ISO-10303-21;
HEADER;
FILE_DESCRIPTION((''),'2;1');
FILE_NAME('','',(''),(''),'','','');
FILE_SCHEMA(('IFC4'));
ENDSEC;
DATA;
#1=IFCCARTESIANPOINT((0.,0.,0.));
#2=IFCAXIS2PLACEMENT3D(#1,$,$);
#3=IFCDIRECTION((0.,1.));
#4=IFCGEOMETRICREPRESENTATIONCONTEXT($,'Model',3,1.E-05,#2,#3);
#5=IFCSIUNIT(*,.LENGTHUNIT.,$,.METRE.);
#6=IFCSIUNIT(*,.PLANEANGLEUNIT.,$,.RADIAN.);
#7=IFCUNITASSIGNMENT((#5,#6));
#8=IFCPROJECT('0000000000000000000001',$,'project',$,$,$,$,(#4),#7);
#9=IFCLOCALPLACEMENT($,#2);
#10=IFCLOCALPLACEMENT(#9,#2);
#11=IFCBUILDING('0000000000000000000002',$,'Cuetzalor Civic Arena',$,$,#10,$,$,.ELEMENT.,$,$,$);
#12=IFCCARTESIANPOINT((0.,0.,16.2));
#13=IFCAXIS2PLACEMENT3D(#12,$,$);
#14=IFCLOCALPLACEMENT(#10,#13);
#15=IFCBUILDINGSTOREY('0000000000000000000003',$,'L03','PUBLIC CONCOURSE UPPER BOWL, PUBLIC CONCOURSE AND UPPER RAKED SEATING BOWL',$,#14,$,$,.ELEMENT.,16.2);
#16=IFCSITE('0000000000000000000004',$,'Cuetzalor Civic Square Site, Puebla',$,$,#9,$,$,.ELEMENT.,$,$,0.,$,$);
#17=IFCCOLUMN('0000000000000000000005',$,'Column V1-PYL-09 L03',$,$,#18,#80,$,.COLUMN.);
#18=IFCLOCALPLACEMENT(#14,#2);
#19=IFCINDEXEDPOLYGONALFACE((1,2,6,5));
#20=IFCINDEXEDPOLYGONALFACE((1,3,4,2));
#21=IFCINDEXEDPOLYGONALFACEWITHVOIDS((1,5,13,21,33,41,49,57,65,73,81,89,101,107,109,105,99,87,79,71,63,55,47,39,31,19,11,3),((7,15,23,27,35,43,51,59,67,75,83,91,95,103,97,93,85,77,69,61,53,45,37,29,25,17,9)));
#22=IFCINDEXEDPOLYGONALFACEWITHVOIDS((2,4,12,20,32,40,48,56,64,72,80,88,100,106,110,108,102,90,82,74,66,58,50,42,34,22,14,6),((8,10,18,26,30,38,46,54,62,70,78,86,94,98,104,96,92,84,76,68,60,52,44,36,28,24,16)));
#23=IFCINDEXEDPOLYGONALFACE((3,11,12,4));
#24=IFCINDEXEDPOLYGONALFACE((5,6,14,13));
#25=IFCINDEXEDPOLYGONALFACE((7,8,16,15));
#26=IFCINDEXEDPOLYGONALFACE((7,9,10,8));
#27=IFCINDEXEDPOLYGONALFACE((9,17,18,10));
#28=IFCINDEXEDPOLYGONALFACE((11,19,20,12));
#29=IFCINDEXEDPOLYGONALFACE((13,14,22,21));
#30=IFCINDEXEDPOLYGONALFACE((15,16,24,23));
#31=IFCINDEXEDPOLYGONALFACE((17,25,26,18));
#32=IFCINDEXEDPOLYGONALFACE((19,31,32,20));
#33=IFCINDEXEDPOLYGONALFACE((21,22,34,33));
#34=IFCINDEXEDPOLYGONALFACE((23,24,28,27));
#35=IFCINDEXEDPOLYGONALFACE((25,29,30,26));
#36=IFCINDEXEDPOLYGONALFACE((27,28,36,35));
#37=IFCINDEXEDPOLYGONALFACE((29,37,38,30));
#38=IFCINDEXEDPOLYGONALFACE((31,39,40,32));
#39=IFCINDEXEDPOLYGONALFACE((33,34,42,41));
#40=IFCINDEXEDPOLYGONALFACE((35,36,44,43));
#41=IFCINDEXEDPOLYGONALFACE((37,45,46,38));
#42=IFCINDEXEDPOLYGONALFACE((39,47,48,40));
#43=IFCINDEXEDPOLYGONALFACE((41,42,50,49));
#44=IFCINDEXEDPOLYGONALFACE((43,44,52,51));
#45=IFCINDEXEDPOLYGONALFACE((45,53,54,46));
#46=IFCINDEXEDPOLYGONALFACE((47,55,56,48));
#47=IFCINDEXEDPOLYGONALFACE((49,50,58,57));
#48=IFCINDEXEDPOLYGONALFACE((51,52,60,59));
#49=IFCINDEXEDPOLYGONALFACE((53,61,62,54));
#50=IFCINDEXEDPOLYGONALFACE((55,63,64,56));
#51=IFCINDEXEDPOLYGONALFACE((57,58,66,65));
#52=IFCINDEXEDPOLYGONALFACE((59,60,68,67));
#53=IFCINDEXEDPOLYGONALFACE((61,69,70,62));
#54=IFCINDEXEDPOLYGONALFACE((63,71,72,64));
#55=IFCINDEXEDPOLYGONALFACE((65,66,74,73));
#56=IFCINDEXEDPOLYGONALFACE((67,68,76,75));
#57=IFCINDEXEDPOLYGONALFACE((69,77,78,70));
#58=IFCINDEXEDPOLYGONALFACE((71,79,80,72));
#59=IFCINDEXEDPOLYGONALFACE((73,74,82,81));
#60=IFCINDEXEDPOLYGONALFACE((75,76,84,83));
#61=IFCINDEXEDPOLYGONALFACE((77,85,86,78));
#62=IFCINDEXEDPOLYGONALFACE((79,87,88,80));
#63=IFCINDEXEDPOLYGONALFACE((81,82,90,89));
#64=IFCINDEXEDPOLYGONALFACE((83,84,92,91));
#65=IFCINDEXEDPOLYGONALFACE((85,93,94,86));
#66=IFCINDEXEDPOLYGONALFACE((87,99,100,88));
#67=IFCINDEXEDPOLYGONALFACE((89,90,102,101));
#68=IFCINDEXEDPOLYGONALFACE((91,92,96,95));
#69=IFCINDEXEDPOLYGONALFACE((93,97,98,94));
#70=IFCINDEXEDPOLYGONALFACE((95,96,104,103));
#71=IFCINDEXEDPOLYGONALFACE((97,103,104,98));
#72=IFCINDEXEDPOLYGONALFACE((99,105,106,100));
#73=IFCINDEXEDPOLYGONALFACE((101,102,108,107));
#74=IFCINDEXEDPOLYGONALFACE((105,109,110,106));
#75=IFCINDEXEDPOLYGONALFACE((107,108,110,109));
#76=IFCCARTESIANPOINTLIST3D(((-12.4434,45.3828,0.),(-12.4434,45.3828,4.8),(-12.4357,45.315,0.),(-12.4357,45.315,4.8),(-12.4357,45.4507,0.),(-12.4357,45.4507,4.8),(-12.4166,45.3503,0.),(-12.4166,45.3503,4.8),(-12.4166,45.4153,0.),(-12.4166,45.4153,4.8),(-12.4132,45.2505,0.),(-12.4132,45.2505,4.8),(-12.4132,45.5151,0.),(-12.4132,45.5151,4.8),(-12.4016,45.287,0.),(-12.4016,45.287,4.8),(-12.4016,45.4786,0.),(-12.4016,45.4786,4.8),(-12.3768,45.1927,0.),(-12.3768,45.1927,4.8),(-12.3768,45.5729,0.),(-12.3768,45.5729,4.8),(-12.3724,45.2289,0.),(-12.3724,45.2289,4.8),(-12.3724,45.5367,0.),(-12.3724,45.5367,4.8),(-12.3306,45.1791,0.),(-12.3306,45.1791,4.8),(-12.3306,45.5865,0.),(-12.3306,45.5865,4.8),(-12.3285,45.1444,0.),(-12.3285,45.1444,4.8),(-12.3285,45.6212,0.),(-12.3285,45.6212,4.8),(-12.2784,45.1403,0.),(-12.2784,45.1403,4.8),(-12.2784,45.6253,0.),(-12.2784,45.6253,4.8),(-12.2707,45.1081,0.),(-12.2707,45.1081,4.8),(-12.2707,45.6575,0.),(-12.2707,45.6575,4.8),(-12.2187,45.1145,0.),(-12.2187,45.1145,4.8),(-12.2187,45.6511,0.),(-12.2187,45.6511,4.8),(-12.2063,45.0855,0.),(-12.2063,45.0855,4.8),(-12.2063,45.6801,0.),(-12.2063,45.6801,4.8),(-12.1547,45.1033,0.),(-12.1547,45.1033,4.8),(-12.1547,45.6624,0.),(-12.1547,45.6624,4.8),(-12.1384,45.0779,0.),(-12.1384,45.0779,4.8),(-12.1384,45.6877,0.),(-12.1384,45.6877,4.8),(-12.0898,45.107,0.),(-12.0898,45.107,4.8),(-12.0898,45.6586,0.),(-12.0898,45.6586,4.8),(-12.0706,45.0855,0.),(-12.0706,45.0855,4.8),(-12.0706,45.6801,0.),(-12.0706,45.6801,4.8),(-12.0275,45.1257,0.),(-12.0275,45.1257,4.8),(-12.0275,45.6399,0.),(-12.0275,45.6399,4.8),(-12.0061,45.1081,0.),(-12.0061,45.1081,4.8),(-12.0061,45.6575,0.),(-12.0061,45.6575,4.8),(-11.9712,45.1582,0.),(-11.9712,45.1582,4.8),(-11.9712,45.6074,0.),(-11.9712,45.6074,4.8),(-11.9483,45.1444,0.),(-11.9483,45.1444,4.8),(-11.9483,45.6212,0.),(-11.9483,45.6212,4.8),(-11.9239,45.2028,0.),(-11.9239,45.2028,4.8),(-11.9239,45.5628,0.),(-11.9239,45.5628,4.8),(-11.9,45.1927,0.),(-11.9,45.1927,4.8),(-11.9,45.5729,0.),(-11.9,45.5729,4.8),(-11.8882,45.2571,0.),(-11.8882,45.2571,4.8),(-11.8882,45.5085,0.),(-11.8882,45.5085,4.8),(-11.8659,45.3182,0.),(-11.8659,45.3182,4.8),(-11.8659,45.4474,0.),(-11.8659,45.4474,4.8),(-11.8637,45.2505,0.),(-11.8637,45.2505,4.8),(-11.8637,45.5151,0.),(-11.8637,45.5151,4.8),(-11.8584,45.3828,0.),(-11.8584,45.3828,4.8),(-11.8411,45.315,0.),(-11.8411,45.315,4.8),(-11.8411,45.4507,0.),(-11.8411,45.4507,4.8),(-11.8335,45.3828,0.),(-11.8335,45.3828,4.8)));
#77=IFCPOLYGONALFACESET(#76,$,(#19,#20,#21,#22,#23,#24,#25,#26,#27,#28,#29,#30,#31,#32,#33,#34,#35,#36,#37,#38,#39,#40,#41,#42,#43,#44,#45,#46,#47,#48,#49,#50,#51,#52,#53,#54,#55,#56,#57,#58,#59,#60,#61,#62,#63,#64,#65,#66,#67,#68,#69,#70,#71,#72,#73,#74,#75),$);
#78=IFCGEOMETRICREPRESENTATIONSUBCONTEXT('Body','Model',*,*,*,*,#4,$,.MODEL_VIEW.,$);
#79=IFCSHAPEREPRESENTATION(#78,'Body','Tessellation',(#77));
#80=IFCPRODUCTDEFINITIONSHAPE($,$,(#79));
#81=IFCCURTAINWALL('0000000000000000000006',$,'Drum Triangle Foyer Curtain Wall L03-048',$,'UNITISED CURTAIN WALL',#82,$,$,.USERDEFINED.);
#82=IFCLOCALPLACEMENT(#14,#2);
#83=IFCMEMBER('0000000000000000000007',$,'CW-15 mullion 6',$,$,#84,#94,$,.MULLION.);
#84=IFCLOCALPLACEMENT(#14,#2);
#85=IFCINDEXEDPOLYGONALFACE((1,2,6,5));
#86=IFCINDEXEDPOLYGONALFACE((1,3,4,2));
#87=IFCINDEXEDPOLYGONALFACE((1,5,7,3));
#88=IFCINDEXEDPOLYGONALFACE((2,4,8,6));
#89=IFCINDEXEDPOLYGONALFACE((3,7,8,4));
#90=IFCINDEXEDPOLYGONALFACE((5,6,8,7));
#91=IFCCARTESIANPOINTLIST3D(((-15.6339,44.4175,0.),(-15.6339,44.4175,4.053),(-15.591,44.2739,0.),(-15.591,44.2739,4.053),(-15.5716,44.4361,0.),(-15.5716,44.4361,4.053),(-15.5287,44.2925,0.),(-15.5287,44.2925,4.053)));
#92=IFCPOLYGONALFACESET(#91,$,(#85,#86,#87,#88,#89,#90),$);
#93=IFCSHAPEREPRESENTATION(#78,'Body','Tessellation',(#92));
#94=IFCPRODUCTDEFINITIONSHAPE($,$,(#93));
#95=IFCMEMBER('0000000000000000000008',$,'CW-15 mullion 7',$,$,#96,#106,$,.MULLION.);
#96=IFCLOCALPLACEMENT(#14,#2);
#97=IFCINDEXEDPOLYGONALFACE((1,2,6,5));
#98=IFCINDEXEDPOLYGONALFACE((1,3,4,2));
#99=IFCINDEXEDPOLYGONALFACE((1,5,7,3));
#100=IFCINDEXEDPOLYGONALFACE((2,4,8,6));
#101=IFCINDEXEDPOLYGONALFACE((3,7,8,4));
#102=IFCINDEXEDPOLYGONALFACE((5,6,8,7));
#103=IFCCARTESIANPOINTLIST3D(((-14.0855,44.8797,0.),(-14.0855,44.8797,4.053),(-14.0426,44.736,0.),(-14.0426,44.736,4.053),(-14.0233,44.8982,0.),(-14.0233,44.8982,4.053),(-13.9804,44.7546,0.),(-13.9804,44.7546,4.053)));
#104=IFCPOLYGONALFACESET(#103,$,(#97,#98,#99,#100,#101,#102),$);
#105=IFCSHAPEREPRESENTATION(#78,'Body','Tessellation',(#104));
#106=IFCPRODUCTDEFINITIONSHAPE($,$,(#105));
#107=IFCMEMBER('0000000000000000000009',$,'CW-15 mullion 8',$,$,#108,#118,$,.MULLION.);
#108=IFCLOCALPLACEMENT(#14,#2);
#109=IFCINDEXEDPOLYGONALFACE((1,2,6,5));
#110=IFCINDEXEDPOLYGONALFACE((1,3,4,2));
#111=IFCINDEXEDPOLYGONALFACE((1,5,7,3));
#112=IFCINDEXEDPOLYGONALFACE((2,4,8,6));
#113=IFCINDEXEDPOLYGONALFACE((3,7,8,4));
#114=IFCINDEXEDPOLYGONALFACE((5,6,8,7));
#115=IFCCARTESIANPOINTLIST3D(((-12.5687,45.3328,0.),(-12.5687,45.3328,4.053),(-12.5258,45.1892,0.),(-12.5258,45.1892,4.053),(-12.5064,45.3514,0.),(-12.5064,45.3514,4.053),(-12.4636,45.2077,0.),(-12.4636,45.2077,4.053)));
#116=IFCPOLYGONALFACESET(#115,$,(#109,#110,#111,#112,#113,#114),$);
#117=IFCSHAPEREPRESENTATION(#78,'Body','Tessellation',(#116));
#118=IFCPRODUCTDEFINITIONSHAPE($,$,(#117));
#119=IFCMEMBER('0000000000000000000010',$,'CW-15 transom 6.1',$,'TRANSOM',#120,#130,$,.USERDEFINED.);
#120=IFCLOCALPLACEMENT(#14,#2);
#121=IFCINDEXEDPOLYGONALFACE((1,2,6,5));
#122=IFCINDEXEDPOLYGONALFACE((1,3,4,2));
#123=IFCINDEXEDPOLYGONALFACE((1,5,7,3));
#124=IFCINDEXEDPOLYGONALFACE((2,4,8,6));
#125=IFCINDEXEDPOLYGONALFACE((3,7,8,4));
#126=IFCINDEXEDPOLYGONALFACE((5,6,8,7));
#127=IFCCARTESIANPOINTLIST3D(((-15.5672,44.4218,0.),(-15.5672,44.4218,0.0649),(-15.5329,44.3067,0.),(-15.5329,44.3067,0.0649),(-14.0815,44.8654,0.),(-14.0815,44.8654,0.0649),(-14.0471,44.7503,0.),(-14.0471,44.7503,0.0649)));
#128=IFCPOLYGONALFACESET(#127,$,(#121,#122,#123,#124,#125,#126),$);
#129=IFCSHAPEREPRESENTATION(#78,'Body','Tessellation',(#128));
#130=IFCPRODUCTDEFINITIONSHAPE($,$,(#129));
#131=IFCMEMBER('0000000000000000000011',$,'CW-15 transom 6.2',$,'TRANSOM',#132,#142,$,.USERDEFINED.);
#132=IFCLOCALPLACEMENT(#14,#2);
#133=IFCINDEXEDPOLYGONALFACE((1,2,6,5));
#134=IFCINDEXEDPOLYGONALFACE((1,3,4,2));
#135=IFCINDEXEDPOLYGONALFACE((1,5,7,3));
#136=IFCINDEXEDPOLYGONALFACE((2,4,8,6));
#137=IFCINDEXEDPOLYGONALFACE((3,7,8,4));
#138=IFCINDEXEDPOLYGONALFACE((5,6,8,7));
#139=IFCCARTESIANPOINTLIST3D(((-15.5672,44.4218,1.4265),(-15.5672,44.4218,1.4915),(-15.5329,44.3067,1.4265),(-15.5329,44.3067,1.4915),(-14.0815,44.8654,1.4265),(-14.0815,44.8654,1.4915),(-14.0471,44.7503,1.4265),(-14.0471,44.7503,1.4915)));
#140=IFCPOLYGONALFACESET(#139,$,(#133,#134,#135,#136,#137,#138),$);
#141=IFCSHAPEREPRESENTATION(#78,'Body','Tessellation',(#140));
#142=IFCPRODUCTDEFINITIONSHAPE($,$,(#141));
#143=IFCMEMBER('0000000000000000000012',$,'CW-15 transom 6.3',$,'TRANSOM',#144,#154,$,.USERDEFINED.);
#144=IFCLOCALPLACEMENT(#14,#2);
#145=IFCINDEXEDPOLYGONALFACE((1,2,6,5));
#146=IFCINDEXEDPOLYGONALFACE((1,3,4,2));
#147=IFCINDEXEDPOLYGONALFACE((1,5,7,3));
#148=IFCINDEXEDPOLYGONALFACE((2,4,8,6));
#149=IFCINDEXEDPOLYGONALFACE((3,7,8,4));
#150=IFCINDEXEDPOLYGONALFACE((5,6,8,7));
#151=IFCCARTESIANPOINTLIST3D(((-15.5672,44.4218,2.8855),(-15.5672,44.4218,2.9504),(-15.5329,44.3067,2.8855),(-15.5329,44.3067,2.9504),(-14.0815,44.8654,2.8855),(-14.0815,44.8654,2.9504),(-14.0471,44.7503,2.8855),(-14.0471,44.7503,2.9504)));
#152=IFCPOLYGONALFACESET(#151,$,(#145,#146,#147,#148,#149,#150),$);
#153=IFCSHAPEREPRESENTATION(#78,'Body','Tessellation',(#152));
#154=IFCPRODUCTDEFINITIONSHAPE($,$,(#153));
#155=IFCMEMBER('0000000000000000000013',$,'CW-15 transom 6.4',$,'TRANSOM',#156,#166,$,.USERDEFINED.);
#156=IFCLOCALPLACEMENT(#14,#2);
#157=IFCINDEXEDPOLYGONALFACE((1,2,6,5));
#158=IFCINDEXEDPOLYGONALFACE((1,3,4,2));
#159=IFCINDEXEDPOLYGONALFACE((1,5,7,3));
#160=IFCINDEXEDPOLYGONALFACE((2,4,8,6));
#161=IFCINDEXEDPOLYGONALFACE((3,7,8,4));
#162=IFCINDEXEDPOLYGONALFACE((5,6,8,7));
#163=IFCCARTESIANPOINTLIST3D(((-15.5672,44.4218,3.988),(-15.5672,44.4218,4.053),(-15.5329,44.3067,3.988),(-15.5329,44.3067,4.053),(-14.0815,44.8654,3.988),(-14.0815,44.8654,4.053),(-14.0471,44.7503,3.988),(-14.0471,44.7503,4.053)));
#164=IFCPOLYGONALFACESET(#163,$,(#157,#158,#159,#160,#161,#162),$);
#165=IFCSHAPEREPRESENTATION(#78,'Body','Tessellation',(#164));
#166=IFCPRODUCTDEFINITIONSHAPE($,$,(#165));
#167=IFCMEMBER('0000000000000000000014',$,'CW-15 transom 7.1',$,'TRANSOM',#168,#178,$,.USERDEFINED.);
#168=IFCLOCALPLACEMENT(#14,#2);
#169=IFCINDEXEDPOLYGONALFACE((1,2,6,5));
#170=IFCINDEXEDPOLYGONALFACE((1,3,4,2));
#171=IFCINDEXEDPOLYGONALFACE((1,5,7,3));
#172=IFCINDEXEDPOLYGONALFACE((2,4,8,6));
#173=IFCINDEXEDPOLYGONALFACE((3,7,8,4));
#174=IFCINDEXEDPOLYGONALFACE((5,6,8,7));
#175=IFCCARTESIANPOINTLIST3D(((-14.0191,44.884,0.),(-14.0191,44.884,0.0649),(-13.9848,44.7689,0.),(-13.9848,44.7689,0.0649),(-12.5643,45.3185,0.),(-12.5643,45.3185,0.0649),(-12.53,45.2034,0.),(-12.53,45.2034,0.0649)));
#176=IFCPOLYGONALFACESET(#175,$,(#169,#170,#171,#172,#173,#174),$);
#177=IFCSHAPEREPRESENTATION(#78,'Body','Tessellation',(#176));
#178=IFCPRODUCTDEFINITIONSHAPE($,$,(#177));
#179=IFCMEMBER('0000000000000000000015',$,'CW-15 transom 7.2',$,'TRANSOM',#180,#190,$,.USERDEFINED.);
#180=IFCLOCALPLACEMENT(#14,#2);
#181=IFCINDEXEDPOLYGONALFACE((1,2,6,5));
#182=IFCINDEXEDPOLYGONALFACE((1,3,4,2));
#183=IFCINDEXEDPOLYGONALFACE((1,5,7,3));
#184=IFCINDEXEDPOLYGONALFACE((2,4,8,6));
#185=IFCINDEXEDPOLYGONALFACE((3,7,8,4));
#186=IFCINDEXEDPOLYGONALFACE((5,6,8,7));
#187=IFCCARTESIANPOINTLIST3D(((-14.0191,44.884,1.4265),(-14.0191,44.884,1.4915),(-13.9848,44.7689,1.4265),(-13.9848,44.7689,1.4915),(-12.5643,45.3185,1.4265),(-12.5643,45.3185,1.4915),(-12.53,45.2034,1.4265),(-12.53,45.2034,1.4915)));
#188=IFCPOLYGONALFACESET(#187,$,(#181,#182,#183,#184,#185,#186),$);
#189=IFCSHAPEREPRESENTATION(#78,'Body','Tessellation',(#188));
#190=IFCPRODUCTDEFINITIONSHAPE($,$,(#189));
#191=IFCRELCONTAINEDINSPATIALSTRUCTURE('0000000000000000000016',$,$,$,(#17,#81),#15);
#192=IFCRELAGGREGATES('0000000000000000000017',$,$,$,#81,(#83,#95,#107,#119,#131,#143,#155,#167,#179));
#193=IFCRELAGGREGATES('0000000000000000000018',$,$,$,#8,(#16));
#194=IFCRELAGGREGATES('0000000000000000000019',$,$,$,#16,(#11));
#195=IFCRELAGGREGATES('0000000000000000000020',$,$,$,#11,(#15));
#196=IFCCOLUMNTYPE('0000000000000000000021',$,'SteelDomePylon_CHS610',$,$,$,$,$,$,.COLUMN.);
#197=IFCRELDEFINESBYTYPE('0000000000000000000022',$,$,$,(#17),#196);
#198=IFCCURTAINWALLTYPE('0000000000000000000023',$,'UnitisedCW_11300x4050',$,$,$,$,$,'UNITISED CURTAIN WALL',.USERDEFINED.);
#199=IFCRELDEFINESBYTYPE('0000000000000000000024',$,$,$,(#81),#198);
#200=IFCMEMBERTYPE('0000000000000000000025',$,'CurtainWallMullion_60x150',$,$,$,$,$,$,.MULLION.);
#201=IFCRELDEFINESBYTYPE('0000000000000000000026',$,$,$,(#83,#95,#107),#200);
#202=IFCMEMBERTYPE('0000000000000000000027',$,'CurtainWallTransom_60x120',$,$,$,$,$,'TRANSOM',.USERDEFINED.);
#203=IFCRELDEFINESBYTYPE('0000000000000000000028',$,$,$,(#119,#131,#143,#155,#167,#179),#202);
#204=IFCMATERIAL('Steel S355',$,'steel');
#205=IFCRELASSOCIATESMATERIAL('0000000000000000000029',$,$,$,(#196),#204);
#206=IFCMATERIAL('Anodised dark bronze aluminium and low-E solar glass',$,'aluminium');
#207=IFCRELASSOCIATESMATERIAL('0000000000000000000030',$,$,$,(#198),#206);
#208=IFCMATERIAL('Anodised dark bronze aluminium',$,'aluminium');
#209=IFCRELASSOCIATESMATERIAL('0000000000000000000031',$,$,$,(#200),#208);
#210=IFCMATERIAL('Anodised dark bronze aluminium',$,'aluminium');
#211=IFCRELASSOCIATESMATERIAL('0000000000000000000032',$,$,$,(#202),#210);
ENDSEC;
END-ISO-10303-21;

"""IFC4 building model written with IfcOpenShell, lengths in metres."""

from ifc_helpers import new_model, si_unit, direction, frame, origin, origin_2d, place, context, subcontext, project, spatial, rectangle, hollow_circle, extrude, material, material_profile, profile_set, type_object, element, aggregate, save


model = new_model("IFC4")

# Units and contexts
model_context = context("Model", 3, precision=1e-05, world=origin(), true_north=direction((0.0, 1.0)))
body_context = subcontext(model_context, "Body", "Model", "MODEL_VIEW")
ifc_project = project(units=[si_unit("LENGTHUNIT", "METRE"), si_unit("PLANEANGLEUNIT", "RADIAN")], contexts=[model_context])

# Site, building, storey
site_placement = place(None, origin())
site = spatial("IfcSite", under=ifc_project, at=site_placement, Name="Cuetzalor Civic Square Site, Puebla", CompositionType="ELEMENT", RefElevation=0.0)
building_placement = place(site_placement, origin())
building = spatial("IfcBuilding", under=site, at=building_placement, Name="Cuetzalor Civic Arena", CompositionType="ELEMENT")
storey_placement = place(building_placement, frame((0.0, 0.0, 16.2)))
storey = spatial("IfcBuildingStorey", under=building, at=storey_placement, Name="L03", Description="PUBLIC CONCOURSE UPPER BOWL, PUBLIC CONCOURSE AND UPPER RAKED SEATING BOWL", CompositionType="ELEMENT", Elevation=16.2)

# Column
ifc_material_1 = material(Name="Steel S355", Category="steel")
ifc_material_profile_1 = material_profile(ifc_material_1, hollow_circle(Radius=0.3049, WallThickness=0.0249, at=origin_2d()), Name="CHS 610x25")
ifc_profile_set_1 = profile_set([ifc_material_profile_1], Name="Steel S355")
column_type = type_object("IfcColumnType", Name="SteelDomePylon_CHS610", PredefinedType="COLUMN", material=ifc_profile_set_1)
column_placement = place(storey_placement, frame((-12.1384, 45.3828, 0.0), z_axis=(0.0, 0.0, 1.0), x_axis=(1.0, 0.0, 0.0)))
element("IfcColumn", 1, at=column_placement, inside=storey, type_object=column_type, Name="Column V1-PYL-09 L03", PredefinedType="COLUMN", context=body_context, shape_type="SweptSolid", body=[
    extrude(hollow_circle(Radius=0.3049, WallThickness=0.0249, at=origin_2d()), origin(), (0.0, 0.0, 1.0), 4.8),
])

# Curtain wall, members
ifc_material_2 = material(Name="Anodised dark bronze aluminium and low-E solar glass", Category="aluminium")
curtain_wall_type = type_object("IfcCurtainWallType", Name="UnitisedCW_11300x4050", ElementType="UNITISED CURTAIN WALL", PredefinedType="USERDEFINED", material=ifc_material_2)
curtain_wall_placement = place(storey_placement, origin())
curtain_wall = element("IfcCurtainWall", 2, at=curtain_wall_placement, inside=storey, type_object=curtain_wall_type, Name="Drum Triangle Foyer Curtain Wall L03-048", ObjectType="UNITISED CURTAIN WALL", PredefinedType="USERDEFINED")
ifc_material_3 = material(Name="Anodised dark bronze aluminium", Category="aluminium")
ifc_material_profile_2 = material_profile(ifc_material_3, rectangle(XDim=0.0649, YDim=0.1499, at=origin_2d()), Name="ALU MULLION 65x150")
ifc_profile_set_2 = profile_set([ifc_material_profile_2], Name="Anodised dark bronze aluminium")
member_type_1 = type_object("IfcMemberType", Name="CurtainWallMullion_60x150", PredefinedType="MULLION", material=ifc_profile_set_2)
member_1_placement = place(storey_placement, frame((-15.5813, 44.355, 0.0), z_axis=(0.0, 0.0, 1.0), x_axis=(0.958194, 0.28612, 0.0)))
member_1 = element("IfcMember", 3, at=member_1_placement, type_object=member_type_1, Name="CW-15 mullion 6", PredefinedType="MULLION", context=body_context, shape_type="SweptSolid", body=[
    extrude(rectangle(XDim=0.0649, YDim=0.1499, at=origin_2d()), origin(), (0.0, 0.0, 1.0), 4.053),
])
member_2_placement = place(storey_placement, frame((-14.033, 44.8171, 0.0), z_axis=(0.0, 0.0, 1.0), x_axis=(0.958194, 0.28612, 0.0)))
member_2 = element("IfcMember", 4, at=member_2_placement, type_object=member_type_1, Name="CW-15 mullion 7", PredefinedType="MULLION", context=body_context, shape_type="SweptSolid", body=[
    extrude(rectangle(XDim=0.0649, YDim=0.1499, at=origin_2d()), origin(), (0.0, 0.0, 1.0), 4.053),
])
member_3_placement = place(storey_placement, frame((-12.5161, 45.2703, 0.0), z_axis=(0.0, 0.0, 1.0), x_axis=(0.958194, 0.28612, 0.0)))
member_3 = element("IfcMember", 5, at=member_3_placement, type_object=member_type_1, Name="CW-15 mullion 8", PredefinedType="MULLION", context=body_context, shape_type="SweptSolid", body=[
    extrude(rectangle(XDim=0.0649, YDim=0.1499, at=origin_2d()), origin(), (0.0, 0.0, 1.0), 4.053),
])
ifc_material_4 = material(Name="Anodised dark bronze aluminium", Category="aluminium")
ifc_material_profile_3 = material_profile(ifc_material_4, rectangle(XDim=0.1201, YDim=0.0649, at=origin_2d()), Name="ALU TRANSOM 65x120")
ifc_profile_set_3 = profile_set([ifc_material_profile_3], Name="Anodised dark bronze aluminium")
member_type_2 = type_object("IfcMemberType", Name="CurtainWallTransom_60x120", ElementType="TRANSOM", PredefinedType="USERDEFINED", material=ifc_profile_set_3)
member_4_placement = place(storey_placement, frame((-15.55, 44.3643, 0.0325), z_axis=(0.958207, 0.286077, 0.0), x_axis=(-0.286077, 0.958207, 0.0)))
member_4 = element("IfcMember", 6, at=member_4_placement, type_object=member_type_2, Name="CW-15 transom 6.1", ObjectType="TRANSOM", PredefinedType="USERDEFINED", context=body_context, shape_type="SweptSolid", body=[
    extrude(rectangle(XDim=0.1201, YDim=0.0649, at=origin_2d()), origin(), (0.0, 0.0, 1.0), 1.5505),
])
member_5_placement = place(storey_placement, frame((-15.55, 44.3643, 1.459), z_axis=(0.958207, 0.286077, 0.0), x_axis=(-0.286077, 0.958207, 0.0)))
member_5 = element("IfcMember", 7, at=member_5_placement, type_object=member_type_2, Name="CW-15 transom 6.2", ObjectType="TRANSOM", PredefinedType="USERDEFINED", context=body_context, shape_type="SweptSolid", body=[
    extrude(rectangle(XDim=0.1201, YDim=0.0649, at=origin_2d()), origin(), (0.0, 0.0, 1.0), 1.5505),
])
member_6_placement = place(storey_placement, frame((-15.55, 44.3643, 2.918), z_axis=(0.958207, 0.286077, 0.0), x_axis=(-0.286077, 0.958207, 0.0)))
member_6 = element("IfcMember", 8, at=member_6_placement, type_object=member_type_2, Name="CW-15 transom 6.3", ObjectType="TRANSOM", PredefinedType="USERDEFINED", context=body_context, shape_type="SweptSolid", body=[
    extrude(rectangle(XDim=0.1201, YDim=0.0649, at=origin_2d()), origin(), (0.0, 0.0, 1.0), 1.5505),
])
member_7_placement = place(storey_placement, frame((-15.55, 44.3643, 4.0205), z_axis=(0.958207, 0.286077, 0.0), x_axis=(-0.286077, 0.958207, 0.0)))
member_7 = element("IfcMember", 9, at=member_7_placement, type_object=member_type_2, Name="CW-15 transom 6.4", ObjectType="TRANSOM", PredefinedType="USERDEFINED", context=body_context, shape_type="SweptSolid", body=[
    extrude(rectangle(XDim=0.1201, YDim=0.0649, at=origin_2d()), origin(), (0.0, 0.0, 1.0), 1.5505),
])
member_8_placement = place(storey_placement, frame((-14.002, 44.8264, 0.0325), z_axis=(0.958166, 0.286212, 0.0), x_axis=(-0.286212, 0.958166, 0.0)))
member_8 = element("IfcMember", 10, at=member_8_placement, type_object=member_type_2, Name="CW-15 transom 7.1", ObjectType="TRANSOM", PredefinedType="USERDEFINED", context=body_context, shape_type="SweptSolid", body=[
    extrude(rectangle(XDim=0.1201, YDim=0.0649, at=origin_2d()), origin(), (0.0, 0.0, 1.0), 1.5183),
])
member_9_placement = place(storey_placement, frame((-14.002, 44.8264, 1.459), z_axis=(0.958166, 0.286212, 0.0), x_axis=(-0.286212, 0.958166, 0.0)))
member_9 = element("IfcMember", 11, at=member_9_placement, type_object=member_type_2, Name="CW-15 transom 7.2", ObjectType="TRANSOM", PredefinedType="USERDEFINED", context=body_context, shape_type="SweptSolid", body=[
    extrude(rectangle(XDim=0.1201, YDim=0.0649, at=origin_2d()), origin(), (0.0, 0.0, 1.0), 1.5183),
])

aggregate(curtain_wall, [member_1, member_2, member_3, member_4, member_5, member_6, member_7, member_8, member_9])

save(model, "model.ifc")
